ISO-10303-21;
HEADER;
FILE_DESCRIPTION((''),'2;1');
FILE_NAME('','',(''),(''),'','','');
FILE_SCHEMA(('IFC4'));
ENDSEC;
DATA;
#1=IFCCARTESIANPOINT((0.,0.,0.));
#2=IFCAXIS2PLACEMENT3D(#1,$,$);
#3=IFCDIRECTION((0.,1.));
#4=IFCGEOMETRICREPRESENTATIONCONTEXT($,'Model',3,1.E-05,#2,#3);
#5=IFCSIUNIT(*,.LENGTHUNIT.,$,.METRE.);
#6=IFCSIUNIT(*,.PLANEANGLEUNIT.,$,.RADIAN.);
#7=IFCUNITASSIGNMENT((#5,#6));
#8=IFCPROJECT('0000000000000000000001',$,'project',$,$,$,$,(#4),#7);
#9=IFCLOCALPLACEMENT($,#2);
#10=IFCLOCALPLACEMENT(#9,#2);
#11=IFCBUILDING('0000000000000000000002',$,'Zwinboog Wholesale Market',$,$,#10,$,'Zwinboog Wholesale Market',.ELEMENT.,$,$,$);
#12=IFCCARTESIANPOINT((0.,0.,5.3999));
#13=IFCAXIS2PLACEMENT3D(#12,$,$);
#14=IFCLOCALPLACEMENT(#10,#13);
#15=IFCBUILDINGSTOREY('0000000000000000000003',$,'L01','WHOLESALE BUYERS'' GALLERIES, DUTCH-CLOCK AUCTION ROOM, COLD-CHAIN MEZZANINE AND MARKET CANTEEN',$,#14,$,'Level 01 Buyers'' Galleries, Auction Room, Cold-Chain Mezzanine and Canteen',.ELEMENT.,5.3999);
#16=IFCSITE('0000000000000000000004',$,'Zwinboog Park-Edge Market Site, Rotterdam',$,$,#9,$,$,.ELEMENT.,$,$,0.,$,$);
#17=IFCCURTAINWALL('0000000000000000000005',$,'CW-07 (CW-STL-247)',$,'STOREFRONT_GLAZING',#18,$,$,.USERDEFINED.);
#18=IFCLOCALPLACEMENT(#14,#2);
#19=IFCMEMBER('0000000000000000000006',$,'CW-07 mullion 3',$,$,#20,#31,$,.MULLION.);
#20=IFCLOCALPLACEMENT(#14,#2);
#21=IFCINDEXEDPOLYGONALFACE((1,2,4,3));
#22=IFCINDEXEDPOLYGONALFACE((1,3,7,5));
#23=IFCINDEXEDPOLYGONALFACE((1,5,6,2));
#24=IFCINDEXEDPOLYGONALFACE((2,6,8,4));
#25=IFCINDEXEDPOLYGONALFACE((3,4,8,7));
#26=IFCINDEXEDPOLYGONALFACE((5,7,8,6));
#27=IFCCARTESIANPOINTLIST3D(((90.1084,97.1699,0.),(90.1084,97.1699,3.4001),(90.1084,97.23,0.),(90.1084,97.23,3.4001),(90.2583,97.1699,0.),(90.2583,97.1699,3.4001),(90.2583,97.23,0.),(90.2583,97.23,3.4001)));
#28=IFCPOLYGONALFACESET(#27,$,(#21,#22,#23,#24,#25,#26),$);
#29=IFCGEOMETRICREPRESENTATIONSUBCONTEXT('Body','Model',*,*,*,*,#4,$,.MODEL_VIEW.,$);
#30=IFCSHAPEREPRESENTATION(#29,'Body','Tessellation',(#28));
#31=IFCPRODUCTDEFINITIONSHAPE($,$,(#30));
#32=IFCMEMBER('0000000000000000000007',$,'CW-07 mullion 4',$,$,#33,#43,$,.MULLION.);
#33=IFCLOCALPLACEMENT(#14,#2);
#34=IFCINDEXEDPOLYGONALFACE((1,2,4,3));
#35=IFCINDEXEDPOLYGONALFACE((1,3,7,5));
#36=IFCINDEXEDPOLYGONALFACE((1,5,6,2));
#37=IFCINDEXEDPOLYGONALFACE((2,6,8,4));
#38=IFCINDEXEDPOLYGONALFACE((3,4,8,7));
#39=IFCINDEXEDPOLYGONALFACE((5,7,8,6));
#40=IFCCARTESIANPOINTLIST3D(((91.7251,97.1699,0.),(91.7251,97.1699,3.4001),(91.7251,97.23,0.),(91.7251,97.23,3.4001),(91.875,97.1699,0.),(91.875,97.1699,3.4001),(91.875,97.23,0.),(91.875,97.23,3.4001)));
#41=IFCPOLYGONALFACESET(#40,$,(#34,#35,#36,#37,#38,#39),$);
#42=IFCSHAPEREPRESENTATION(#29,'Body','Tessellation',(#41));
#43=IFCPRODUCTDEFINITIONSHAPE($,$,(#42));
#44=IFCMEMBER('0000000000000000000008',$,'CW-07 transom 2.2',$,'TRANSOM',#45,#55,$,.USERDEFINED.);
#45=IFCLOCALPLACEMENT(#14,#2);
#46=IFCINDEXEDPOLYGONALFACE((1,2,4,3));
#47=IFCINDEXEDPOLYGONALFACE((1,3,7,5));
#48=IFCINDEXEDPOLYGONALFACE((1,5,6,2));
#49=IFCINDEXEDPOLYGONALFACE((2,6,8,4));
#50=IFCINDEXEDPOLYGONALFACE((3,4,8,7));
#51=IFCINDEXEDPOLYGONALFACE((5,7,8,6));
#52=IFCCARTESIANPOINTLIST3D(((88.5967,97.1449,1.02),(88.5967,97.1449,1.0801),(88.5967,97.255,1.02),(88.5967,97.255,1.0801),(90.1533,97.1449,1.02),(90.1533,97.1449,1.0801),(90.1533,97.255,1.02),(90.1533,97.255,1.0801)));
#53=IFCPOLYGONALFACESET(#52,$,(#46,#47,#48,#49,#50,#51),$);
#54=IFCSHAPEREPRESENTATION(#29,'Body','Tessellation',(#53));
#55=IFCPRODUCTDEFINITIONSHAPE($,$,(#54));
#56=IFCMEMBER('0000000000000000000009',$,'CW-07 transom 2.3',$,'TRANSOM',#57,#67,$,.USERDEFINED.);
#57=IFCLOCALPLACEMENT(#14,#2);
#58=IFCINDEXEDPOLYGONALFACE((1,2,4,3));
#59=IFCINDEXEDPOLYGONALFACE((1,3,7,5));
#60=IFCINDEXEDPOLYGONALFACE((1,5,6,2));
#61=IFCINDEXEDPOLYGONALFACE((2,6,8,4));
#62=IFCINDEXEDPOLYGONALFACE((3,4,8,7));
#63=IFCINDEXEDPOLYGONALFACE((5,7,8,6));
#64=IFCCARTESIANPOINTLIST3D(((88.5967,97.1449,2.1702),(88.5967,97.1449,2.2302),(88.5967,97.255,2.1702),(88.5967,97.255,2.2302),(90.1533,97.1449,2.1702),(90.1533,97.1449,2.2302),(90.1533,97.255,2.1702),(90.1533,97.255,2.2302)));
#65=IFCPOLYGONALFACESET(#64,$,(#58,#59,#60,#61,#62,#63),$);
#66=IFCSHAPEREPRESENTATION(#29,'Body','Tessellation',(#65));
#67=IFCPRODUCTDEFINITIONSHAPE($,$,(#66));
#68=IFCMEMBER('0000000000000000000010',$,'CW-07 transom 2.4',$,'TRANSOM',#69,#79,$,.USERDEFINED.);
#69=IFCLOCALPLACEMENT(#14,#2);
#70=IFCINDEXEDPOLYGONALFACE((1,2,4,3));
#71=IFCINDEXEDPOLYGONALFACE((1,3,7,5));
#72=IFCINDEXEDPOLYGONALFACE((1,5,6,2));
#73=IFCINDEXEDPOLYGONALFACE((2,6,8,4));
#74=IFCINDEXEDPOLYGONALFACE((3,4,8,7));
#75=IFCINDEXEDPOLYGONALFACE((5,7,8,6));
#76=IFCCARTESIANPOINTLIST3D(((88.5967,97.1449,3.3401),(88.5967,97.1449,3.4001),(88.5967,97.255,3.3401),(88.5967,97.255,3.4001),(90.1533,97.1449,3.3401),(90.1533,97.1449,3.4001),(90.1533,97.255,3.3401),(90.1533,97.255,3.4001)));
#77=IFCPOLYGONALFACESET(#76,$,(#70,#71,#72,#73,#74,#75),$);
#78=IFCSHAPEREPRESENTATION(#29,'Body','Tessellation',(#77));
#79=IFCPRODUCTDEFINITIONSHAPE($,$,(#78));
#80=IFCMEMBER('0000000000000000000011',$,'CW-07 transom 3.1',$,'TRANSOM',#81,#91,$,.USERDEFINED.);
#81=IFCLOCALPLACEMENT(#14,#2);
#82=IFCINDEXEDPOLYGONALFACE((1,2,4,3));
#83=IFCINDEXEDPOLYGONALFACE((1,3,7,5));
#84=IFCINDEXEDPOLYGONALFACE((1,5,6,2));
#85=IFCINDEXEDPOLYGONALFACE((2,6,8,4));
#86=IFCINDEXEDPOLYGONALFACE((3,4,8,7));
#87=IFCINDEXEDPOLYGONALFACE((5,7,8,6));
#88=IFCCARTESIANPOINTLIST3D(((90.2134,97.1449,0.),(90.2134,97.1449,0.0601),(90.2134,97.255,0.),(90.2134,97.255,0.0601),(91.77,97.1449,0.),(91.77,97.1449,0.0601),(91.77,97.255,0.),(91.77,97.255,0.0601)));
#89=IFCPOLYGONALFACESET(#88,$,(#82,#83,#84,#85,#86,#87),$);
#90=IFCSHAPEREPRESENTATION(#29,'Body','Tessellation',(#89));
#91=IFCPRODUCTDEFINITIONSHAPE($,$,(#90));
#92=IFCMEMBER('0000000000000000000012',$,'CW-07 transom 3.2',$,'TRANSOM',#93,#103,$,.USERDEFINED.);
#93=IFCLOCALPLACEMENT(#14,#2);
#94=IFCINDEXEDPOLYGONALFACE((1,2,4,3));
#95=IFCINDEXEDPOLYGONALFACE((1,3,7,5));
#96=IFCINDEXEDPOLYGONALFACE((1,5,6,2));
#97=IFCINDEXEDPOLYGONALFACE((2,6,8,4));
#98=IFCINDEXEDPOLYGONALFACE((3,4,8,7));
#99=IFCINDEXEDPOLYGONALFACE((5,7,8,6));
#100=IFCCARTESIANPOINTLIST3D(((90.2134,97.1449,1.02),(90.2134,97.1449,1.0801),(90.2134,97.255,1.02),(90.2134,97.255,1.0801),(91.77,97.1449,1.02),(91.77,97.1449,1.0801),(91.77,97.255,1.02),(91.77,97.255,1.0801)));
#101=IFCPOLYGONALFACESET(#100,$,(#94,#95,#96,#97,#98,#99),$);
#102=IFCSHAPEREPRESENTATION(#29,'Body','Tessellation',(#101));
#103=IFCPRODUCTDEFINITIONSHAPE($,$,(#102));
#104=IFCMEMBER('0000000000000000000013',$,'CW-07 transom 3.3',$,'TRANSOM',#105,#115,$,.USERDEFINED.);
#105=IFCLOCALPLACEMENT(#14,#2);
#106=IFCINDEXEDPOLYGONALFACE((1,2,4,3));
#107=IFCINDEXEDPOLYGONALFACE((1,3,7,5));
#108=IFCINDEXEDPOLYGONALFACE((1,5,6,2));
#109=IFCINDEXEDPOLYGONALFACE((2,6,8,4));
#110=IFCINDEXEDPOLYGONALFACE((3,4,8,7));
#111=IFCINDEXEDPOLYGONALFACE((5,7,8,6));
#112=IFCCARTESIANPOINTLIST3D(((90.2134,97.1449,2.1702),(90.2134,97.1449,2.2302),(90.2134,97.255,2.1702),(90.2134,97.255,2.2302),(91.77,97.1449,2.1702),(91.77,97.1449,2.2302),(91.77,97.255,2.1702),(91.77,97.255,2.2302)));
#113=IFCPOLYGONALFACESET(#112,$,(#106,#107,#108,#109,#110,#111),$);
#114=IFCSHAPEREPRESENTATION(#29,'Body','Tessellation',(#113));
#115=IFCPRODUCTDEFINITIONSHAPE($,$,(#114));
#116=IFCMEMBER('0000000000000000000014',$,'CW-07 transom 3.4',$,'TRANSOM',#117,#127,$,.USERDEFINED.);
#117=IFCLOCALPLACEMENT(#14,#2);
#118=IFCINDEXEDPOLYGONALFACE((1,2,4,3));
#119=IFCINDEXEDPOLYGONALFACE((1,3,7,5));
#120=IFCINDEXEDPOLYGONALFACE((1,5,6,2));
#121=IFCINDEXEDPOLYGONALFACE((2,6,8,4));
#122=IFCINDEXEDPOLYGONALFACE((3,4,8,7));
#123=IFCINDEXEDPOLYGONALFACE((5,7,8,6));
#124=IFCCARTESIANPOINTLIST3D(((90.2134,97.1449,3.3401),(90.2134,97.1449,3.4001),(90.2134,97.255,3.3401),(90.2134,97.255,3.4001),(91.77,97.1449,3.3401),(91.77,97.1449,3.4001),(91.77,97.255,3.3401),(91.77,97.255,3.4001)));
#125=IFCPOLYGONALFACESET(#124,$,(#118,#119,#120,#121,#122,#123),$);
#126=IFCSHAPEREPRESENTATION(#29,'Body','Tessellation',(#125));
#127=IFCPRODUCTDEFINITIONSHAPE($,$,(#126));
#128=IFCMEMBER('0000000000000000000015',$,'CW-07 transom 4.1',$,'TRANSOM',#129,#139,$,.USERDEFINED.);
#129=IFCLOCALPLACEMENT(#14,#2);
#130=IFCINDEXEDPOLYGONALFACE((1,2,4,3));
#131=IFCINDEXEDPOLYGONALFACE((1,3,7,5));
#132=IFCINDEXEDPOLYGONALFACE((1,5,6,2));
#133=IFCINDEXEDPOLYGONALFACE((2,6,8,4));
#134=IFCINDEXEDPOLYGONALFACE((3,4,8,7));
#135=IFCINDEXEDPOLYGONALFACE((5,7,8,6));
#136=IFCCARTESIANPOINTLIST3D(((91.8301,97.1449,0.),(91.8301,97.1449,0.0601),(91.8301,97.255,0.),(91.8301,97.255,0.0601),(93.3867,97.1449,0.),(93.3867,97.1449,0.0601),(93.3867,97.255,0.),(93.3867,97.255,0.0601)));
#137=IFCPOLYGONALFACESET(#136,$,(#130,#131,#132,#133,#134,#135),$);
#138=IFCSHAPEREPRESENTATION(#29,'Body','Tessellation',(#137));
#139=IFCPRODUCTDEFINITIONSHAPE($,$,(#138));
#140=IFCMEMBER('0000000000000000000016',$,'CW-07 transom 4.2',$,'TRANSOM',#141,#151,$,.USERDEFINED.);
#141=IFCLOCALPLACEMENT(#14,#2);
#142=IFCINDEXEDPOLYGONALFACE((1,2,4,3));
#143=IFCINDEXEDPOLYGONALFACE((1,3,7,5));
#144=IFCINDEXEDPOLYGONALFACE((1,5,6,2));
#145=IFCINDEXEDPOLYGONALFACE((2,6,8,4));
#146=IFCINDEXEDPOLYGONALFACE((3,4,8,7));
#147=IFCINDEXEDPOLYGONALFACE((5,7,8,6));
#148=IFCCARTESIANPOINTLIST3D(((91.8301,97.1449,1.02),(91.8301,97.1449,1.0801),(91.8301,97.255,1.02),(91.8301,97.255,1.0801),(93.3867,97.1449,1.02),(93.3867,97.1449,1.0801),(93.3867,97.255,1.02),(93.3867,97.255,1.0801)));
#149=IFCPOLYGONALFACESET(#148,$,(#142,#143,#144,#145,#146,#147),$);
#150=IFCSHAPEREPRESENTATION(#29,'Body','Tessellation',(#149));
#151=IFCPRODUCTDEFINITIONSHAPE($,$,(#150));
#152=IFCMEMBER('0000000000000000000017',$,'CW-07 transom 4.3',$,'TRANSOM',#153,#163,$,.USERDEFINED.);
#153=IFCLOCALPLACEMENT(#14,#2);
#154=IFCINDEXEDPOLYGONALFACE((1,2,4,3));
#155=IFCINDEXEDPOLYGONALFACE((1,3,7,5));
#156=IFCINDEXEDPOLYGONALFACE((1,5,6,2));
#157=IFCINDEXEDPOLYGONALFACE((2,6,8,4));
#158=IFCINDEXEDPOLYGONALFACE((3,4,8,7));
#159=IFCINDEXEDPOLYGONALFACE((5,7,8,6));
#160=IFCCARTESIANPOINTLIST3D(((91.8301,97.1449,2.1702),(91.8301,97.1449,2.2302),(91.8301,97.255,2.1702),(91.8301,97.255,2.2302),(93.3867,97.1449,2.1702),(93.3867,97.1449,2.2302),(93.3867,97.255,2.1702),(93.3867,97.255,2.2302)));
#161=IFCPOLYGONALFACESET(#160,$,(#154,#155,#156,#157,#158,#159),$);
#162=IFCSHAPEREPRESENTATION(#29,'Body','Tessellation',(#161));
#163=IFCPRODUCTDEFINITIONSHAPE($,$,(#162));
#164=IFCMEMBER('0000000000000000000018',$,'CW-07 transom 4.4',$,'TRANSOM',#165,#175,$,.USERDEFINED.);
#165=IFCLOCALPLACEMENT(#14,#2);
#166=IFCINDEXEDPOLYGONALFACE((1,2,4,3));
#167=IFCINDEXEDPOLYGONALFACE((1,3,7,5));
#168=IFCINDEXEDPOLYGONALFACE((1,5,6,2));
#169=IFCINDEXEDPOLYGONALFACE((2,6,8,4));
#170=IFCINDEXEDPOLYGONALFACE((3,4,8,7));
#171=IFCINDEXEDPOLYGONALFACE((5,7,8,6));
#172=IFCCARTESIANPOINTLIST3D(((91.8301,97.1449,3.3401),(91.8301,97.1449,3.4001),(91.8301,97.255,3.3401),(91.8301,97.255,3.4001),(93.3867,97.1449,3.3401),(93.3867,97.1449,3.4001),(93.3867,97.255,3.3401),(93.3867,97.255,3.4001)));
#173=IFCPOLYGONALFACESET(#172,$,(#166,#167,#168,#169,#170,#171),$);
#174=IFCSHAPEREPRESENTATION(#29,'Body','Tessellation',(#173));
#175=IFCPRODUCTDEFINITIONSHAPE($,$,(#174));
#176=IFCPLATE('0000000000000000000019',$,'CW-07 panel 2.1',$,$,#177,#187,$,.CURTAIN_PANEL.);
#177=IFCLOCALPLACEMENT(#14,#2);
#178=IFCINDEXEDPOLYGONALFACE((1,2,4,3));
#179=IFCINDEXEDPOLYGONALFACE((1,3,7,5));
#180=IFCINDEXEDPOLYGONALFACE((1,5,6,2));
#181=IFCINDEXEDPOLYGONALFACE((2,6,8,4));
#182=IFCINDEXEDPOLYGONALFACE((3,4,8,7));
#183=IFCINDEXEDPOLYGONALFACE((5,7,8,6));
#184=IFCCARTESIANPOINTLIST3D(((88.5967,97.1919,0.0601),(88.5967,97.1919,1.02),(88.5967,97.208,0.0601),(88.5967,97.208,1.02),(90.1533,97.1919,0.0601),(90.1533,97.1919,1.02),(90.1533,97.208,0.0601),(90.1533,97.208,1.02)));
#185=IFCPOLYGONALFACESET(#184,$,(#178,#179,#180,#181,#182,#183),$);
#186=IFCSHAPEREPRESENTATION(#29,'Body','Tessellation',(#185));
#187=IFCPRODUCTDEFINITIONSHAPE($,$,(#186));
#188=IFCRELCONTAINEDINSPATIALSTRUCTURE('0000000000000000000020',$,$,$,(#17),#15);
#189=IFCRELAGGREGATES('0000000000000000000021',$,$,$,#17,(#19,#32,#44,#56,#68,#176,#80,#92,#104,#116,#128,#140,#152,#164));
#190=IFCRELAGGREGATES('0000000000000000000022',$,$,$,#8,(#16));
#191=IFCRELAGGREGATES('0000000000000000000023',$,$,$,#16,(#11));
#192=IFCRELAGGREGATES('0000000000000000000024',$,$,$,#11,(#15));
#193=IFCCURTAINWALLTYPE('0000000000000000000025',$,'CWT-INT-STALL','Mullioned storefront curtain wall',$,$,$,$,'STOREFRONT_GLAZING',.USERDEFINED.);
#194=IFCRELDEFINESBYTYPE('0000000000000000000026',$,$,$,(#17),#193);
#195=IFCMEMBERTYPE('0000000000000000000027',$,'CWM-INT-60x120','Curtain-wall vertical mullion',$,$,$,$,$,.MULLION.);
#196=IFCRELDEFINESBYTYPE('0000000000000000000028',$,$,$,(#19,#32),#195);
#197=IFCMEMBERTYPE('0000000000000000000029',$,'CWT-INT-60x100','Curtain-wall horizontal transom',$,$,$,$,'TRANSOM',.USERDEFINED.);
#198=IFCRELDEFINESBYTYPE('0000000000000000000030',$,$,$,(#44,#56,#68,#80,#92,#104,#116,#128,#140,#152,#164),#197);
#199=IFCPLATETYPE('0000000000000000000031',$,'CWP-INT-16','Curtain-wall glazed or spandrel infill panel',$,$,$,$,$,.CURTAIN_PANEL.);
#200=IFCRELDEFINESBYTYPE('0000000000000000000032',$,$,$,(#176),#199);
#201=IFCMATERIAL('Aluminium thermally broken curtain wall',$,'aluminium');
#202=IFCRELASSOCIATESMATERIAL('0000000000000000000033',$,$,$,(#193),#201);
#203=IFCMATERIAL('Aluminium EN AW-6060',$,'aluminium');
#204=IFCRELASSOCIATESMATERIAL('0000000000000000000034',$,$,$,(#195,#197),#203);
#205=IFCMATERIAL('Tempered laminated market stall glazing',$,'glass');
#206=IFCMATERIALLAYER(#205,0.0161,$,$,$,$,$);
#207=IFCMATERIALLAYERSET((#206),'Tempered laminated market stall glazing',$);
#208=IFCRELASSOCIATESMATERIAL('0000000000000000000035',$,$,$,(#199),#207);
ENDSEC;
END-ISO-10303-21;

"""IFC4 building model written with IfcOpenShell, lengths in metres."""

from ifc_helpers import new_model, si_unit, direction, frame, origin, origin_2d, place, context, subcontext, project, spatial, rectangle, extrude, material, layer, layer_set, material_profile, profile_set, type_object, element, aggregate, save


model = new_model("IFC4")

# Units and contexts
model_context = context("Model", 3, precision=1e-05, world=origin(), true_north=direction((0.0, 1.0)))
body_context = subcontext(model_context, "Body", "Model", "MODEL_VIEW")
ifc_project = project(units=[si_unit("LENGTHUNIT", "METRE"), si_unit("PLANEANGLEUNIT", "RADIAN")], contexts=[model_context])

# Site, building, storey
site_placement = place(None, origin())
site = spatial("IfcSite", under=ifc_project, at=site_placement, Name="Zwinboog Park-Edge Market Site, Rotterdam", CompositionType="ELEMENT", RefElevation=0.0)
building_placement = place(site_placement, origin())
building = spatial("IfcBuilding", under=site, at=building_placement, Name="Zwinboog Wholesale Market", LongName="Zwinboog Wholesale Market", CompositionType="ELEMENT")
storey_placement = place(building_placement, frame((0.0, 0.0, 5.3999)))
storey = spatial("IfcBuildingStorey", under=building, at=storey_placement, Name="L01", Description="WHOLESALE BUYERS' GALLERIES, DUTCH-CLOCK AUCTION ROOM, COLD-CHAIN MEZZANINE AND MARKET CANTEEN", LongName="Level 01 Buyers' Galleries, Auction Room, Cold-Chain Mezzanine and Canteen", CompositionType="ELEMENT", Elevation=5.3999)

# Curtain wall, members, plate
ifc_material_1 = material(Name="Aluminium thermally broken curtain wall", Category="aluminium")
curtain_wall_type = type_object("IfcCurtainWallType", Name="CWT-INT-STALL", Description="Mullioned storefront curtain wall", ElementType="STOREFRONT_GLAZING", PredefinedType="USERDEFINED", material=ifc_material_1)
curtain_wall_placement = place(storey_placement, origin())
curtain_wall = element("IfcCurtainWall", 1, at=curtain_wall_placement, inside=storey, type_object=curtain_wall_type, Name="CW-07 (CW-STL-247)", ObjectType="STOREFRONT_GLAZING", PredefinedType="USERDEFINED")
ifc_material_2 = material(Name="Aluminium EN AW-6060", Category="aluminium")
ifc_material_profile_1 = material_profile(ifc_material_2, rectangle(XDim=0.0601, YDim=0.1499, at=origin_2d()), Name="AL 60x150")
ifc_profile_set_1 = profile_set([ifc_material_profile_1], Name="Aluminium EN AW-6060")
member_type_1 = type_object("IfcMemberType", Name="CWM-INT-60x120", Description="Curtain-wall vertical mullion", PredefinedType="MULLION", material=ifc_profile_set_1)
member_1_placement = place(storey_placement, frame((90.1833, 97.2, 0.0), z_axis=(0.0, 0.0, 1.0), x_axis=(0.0, 1.0, 0.0)))
member_1 = element("IfcMember", 2, at=member_1_placement, type_object=member_type_1, Name="CW-07 mullion 3", PredefinedType="MULLION", context=body_context, shape_type="SweptSolid", body=[
    extrude(rectangle(XDim=0.0601, YDim=0.1499, at=origin_2d()), origin(), (0.0, 0.0, 1.0), 3.4001),
])
member_2_placement = place(storey_placement, frame((91.8, 97.2, 0.0), z_axis=(0.0, 0.0, 1.0), x_axis=(0.0, 1.0, 0.0)))
member_2 = element("IfcMember", 3, at=member_2_placement, type_object=member_type_1, Name="CW-07 mullion 4", PredefinedType="MULLION", context=body_context, shape_type="SweptSolid", body=[
    extrude(rectangle(XDim=0.0601, YDim=0.1499, at=origin_2d()), origin(), (0.0, 0.0, 1.0), 3.4001),
])
ifc_material_profile_2 = material_profile(ifc_material_2, rectangle(XDim=0.1101, YDim=0.0601, at=origin_2d()), Name="AL 60x110")
ifc_profile_set_2 = profile_set([ifc_material_profile_2], Name="Aluminium EN AW-6060")
member_type_2 = type_object("IfcMemberType", Name="CWT-INT-60x100", Description="Curtain-wall horizontal transom", ElementType="TRANSOM", PredefinedType="USERDEFINED", material=ifc_profile_set_2)
member_3_placement = place(storey_placement, frame((88.5967, 97.2, 1.05), z_axis=(1.0, 0.0, 0.0), x_axis=(0.0, 1.0, 0.0)))
member_3 = element("IfcMember", 4, at=member_3_placement, type_object=member_type_2, Name="CW-07 transom 2.2", ObjectType="TRANSOM", PredefinedType="USERDEFINED", context=body_context, shape_type="SweptSolid", body=[
    extrude(rectangle(XDim=0.1101, YDim=0.0601, at=origin_2d()), origin(), (0.0, 0.0, 1.0), 1.5566),
])
member_4_placement = place(storey_placement, frame((88.5967, 97.2, 2.2002), z_axis=(1.0, 0.0, 0.0), x_axis=(0.0, 1.0, 0.0)))
member_4 = element("IfcMember", 5, at=member_4_placement, type_object=member_type_2, Name="CW-07 transom 2.3", ObjectType="TRANSOM", PredefinedType="USERDEFINED", context=body_context, shape_type="SweptSolid", body=[
    extrude(rectangle(XDim=0.1101, YDim=0.0601, at=origin_2d()), origin(), (0.0, 0.0, 1.0), 1.5566),
])
member_5_placement = place(storey_placement, frame((88.5967, 97.2, 3.3701), z_axis=(1.0, 0.0, 0.0), x_axis=(0.0, 1.0, 0.0)))
member_5 = element("IfcMember", 6, at=member_5_placement, type_object=member_type_2, Name="CW-07 transom 2.4", ObjectType="TRANSOM", PredefinedType="USERDEFINED", context=body_context, shape_type="SweptSolid", body=[
    extrude(rectangle(XDim=0.1101, YDim=0.0601, at=origin_2d()), origin(), (0.0, 0.0, 1.0), 1.5566),
])
member_6_placement = place(storey_placement, frame((90.2134, 97.2, 0.03), z_axis=(1.0, 0.0, 0.0), x_axis=(0.0, 1.0, 0.0)))
member_6 = element("IfcMember", 7, at=member_6_placement, type_object=member_type_2, Name="CW-07 transom 3.1", ObjectType="TRANSOM", PredefinedType="USERDEFINED", context=body_context, shape_type="SweptSolid", body=[
    extrude(rectangle(XDim=0.1101, YDim=0.0601, at=origin_2d()), origin(), (0.0, 0.0, 1.0), 1.5566),
])
member_7_placement = place(storey_placement, frame((90.2134, 97.2, 1.05), z_axis=(1.0, 0.0, 0.0), x_axis=(0.0, 1.0, 0.0)))
member_7 = element("IfcMember", 8, at=member_7_placement, type_object=member_type_2, Name="CW-07 transom 3.2", ObjectType="TRANSOM", PredefinedType="USERDEFINED", context=body_context, shape_type="SweptSolid", body=[
    extrude(rectangle(XDim=0.1101, YDim=0.0601, at=origin_2d()), origin(), (0.0, 0.0, 1.0), 1.5566),
])
member_8_placement = place(storey_placement, frame((90.2134, 97.2, 2.2002), z_axis=(1.0, 0.0, 0.0), x_axis=(0.0, 1.0, 0.0)))
member_8 = element("IfcMember", 9, at=member_8_placement, type_object=member_type_2, Name="CW-07 transom 3.3", ObjectType="TRANSOM", PredefinedType="USERDEFINED", context=body_context, shape_type="SweptSolid", body=[
    extrude(rectangle(XDim=0.1101, YDim=0.0601, at=origin_2d()), origin(), (0.0, 0.0, 1.0), 1.5566),
])
member_9_placement = place(storey_placement, frame((90.2134, 97.2, 3.3701), z_axis=(1.0, 0.0, 0.0), x_axis=(0.0, 1.0, 0.0)))
member_9 = element("IfcMember", 10, at=member_9_placement, type_object=member_type_2, Name="CW-07 transom 3.4", ObjectType="TRANSOM", PredefinedType="USERDEFINED", context=body_context, shape_type="SweptSolid", body=[
    extrude(rectangle(XDim=0.1101, YDim=0.0601, at=origin_2d()), origin(), (0.0, 0.0, 1.0), 1.5566),
])
member_10_placement = place(storey_placement, frame((91.8301, 97.2, 0.03), z_axis=(1.0, 0.0, 0.0), x_axis=(0.0, 1.0, 0.0)))
member_10 = element("IfcMember", 11, at=member_10_placement, type_object=member_type_2, Name="CW-07 transom 4.1", ObjectType="TRANSOM", PredefinedType="USERDEFINED", context=body_context, shape_type="SweptSolid", body=[
    extrude(rectangle(XDim=0.1101, YDim=0.0601, at=origin_2d()), origin(), (0.0, 0.0, 1.0), 1.5566),
])
member_11_placement = place(storey_placement, frame((91.8301, 97.2, 1.05), z_axis=(1.0, 0.0, 0.0), x_axis=(0.0, 1.0, 0.0)))
member_11 = element("IfcMember", 12, at=member_11_placement, type_object=member_type_2, Name="CW-07 transom 4.2", ObjectType="TRANSOM", PredefinedType="USERDEFINED", context=body_context, shape_type="SweptSolid", body=[
    extrude(rectangle(XDim=0.1101, YDim=0.0601, at=origin_2d()), origin(), (0.0, 0.0, 1.0), 1.5566),
])
member_12_placement = place(storey_placement, frame((91.8301, 97.2, 2.2002), z_axis=(1.0, 0.0, 0.0), x_axis=(0.0, 1.0, 0.0)))
member_12 = element("IfcMember", 13, at=member_12_placement, type_object=member_type_2, Name="CW-07 transom 4.3", ObjectType="TRANSOM", PredefinedType="USERDEFINED", context=body_context, shape_type="SweptSolid", body=[
    extrude(rectangle(XDim=0.1101, YDim=0.0601, at=origin_2d()), origin(), (0.0, 0.0, 1.0), 1.5566),
])
member_13_placement = place(storey_placement, frame((91.8301, 97.2, 3.3701), z_axis=(1.0, 0.0, 0.0), x_axis=(0.0, 1.0, 0.0)))
member_13 = element("IfcMember", 14, at=member_13_placement, type_object=member_type_2, Name="CW-07 transom 4.4", ObjectType="TRANSOM", PredefinedType="USERDEFINED", context=body_context, shape_type="SweptSolid", body=[
    extrude(rectangle(XDim=0.1101, YDim=0.0601, at=origin_2d()), origin(), (0.0, 0.0, 1.0), 1.5566),
])
ifc_material_3 = material(Name="Tempered laminated market stall glazing", Category="glass")
ifc_layer = layer(ifc_material_3, 0.0161)
ifc_layer_set = layer_set([ifc_layer], Name="Tempered laminated market stall glazing")
plate_type = type_object("IfcPlateType", Name="CWP-INT-16", Description="Curtain-wall glazed or spandrel infill panel", PredefinedType="CURTAIN_PANEL", material=ifc_layer_set)
plate_1_placement = place(storey_placement, frame((89.375, 97.2, 0.0601), z_axis=(0.0, 0.0, 1.0), x_axis=(1.0, 0.0, 0.0)))
plate_1 = element("IfcPlate", 15, at=plate_1_placement, type_object=plate_type, Name="CW-07 panel 2.1", PredefinedType="CURTAIN_PANEL", context=body_context, shape_type="SweptSolid", body=[
    extrude(rectangle(XDim=1.5566, YDim=0.0161, at=origin_2d()), origin(), (0.0, 0.0, 1.0), 0.96),
])
aggregate(curtain_wall, [member_1, member_2, member_3, member_4, member_5, plate_1, member_6, member_7, member_8, member_9, member_10, member_11, member_12, member_13])

save(model, "model.ifc")
